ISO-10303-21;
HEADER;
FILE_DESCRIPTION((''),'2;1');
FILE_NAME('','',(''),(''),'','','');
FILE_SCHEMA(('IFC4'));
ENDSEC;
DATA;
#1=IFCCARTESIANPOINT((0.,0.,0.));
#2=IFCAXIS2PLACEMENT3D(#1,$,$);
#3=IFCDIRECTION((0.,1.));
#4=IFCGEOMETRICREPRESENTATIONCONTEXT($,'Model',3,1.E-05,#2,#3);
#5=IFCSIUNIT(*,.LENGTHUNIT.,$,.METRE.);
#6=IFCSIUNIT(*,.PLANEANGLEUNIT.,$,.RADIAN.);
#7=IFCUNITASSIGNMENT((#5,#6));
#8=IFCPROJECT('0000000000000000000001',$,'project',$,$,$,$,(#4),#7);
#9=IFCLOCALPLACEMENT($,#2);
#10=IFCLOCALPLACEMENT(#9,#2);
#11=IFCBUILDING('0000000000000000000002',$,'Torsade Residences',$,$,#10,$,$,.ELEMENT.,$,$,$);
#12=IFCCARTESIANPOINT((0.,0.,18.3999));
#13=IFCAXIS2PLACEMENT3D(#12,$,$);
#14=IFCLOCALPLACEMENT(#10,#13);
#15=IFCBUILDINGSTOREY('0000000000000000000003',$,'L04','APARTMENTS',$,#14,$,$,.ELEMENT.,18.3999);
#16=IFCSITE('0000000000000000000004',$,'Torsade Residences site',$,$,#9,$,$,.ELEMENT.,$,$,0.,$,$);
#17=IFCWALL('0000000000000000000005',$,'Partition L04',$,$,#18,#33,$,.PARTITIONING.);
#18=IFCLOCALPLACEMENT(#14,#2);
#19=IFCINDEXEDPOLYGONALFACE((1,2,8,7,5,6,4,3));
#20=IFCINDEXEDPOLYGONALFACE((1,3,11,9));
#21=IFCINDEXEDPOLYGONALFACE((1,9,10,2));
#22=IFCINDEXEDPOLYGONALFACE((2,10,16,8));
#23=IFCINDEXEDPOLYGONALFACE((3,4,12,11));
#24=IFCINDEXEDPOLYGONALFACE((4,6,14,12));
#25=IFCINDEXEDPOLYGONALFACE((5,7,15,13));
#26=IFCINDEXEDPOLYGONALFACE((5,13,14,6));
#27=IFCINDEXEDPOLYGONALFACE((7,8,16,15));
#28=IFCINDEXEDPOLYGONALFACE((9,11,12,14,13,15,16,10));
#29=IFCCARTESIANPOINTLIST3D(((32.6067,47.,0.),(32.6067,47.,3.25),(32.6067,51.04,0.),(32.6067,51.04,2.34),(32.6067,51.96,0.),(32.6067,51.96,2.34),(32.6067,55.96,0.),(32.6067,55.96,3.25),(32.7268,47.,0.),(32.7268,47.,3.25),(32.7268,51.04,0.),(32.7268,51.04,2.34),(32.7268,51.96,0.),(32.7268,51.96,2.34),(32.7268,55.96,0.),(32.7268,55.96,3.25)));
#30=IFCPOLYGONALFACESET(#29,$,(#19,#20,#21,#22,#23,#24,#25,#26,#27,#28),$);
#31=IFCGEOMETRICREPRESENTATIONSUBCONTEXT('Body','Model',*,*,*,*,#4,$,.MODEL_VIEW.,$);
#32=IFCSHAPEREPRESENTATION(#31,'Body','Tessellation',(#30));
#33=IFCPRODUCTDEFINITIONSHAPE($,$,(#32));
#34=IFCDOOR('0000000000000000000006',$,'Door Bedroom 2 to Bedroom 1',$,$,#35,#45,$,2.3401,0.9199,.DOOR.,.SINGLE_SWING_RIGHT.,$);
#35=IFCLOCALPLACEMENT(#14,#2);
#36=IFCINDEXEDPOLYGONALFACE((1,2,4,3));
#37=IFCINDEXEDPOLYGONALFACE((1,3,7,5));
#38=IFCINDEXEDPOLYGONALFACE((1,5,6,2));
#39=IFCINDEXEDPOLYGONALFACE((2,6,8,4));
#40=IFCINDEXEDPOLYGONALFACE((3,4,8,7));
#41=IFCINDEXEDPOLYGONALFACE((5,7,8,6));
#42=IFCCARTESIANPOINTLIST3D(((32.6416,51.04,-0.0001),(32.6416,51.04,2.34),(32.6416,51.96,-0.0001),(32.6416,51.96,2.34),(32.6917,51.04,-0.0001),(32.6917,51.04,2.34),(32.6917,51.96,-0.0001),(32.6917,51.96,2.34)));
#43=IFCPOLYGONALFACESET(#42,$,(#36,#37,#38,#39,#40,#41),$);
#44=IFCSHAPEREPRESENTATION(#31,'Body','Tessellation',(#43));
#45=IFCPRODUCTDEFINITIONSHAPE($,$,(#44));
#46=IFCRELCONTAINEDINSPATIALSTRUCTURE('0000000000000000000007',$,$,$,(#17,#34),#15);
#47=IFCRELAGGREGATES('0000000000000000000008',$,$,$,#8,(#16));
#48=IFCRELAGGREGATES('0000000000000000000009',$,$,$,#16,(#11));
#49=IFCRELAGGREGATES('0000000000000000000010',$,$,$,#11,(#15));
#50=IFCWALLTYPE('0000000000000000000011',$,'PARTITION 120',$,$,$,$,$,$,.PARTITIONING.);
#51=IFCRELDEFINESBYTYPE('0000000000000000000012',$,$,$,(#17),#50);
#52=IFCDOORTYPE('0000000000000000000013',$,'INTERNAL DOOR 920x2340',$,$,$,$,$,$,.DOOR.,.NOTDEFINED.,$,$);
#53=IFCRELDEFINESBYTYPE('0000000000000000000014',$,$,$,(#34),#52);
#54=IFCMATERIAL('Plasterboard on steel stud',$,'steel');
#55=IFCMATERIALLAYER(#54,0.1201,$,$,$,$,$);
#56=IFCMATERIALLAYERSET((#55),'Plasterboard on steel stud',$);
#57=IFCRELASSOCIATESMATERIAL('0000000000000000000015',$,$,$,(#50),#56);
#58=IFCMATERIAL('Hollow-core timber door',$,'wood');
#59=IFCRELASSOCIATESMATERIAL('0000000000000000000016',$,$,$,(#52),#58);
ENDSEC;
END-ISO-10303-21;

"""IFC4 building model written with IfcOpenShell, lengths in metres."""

from ifc_helpers import new_model, si_unit, direction, frame, frame_2d, origin, place, context, subcontext, project, spatial, rectangle, extrude, material, layer, layer_set, type_object, element, fill, save


model = new_model("IFC4")

# Units and contexts
model_context = context("Model", 3, precision=1e-05, world=origin(), true_north=direction((0.0, 1.0)))
body_context = subcontext(model_context, "Body", "Model", "MODEL_VIEW")
ifc_project = project(units=[si_unit("LENGTHUNIT", "METRE"), si_unit("PLANEANGLEUNIT", "RADIAN")], contexts=[model_context])

# Site, building, storey
site_placement = place(None, origin())
site = spatial("IfcSite", under=ifc_project, at=site_placement, Name="Torsade Residences site", CompositionType="ELEMENT", RefElevation=0.0)
building_placement = place(site_placement, origin())
building = spatial("IfcBuilding", under=site, at=building_placement, Name="Torsade Residences", CompositionType="ELEMENT")
storey_placement = place(building_placement, frame((0.0, 0.0, 18.3999)))
storey = spatial("IfcBuildingStorey", under=building, at=storey_placement, Name="L04", Description="APARTMENTS", CompositionType="ELEMENT", Elevation=18.3999)

# Shared definitions
ifc_material_1 = material(Name="Plasterboard on steel stud", Category="steel")
ifc_layer_1 = layer(ifc_material_1, 0.1201)
ifc_layer_set_1 = layer_set([ifc_layer_1], Name="Plasterboard on steel stud")
wall_type = type_object("IfcWallType", Name="PARTITION 120", PredefinedType="PARTITIONING", material=ifc_layer_set_1)
ifc_material_2 = material(Name="Hollow-core timber door", Category="wood")
door_type_1 = type_object("IfcDoorType", Name="INTERNAL DOOR 920x2340", OperationType="NOTDEFINED", PredefinedType="DOOR", material=ifc_material_2)

# Wall, opening, door
wall_1_placement = place(storey_placement, frame((32.6667, 55.96, 0.0), z_axis=(0.0, 0.0, 1.0), x_axis=(0.0, -1.0, 0.0)))
wall_1 = element("IfcWall", 1, at=wall_1_placement, inside=storey, type_object=wall_type, Name="Partition L04", PredefinedType="PARTITIONING", context=body_context, shape_type="SweptSolid", body=[
    extrude(rectangle(XDim=8.96, YDim=0.1201, at=frame_2d((4.48, 0.0))), origin(), (0.0, 0.0, 1.0), 3.25),
])
opening_1_placement = place(wall_1_placement, frame((4.0, 0.0, 0.0)))
opening_1 = element("IfcOpeningElement", 2, at=opening_1_placement, cuts=wall_1, PredefinedType="OPENING", context=body_context, shape_type="SweptSolid", body=[
    extrude(rectangle(XDim=0.9199, YDim=2.3401, at=frame_2d((0.46, 1.1699))), frame((0.0, 0.0701, 0.0), z_axis=(0.0, -1.0, 0.0), x_axis=(1.0, 0.0, 0.0)), (0.0, 0.0, 1.0), 0.1401),
])
door_1_placement = place(opening_1_placement, origin())
door_1 = element("IfcDoor", 3, at=door_1_placement, inside=storey, type_object=door_type_1, Name="Door Bedroom 2 to Bedroom 1", OperationType="SINGLE_SWING_RIGHT", OverallHeight=2.3401, OverallWidth=0.9199, PredefinedType="DOOR", context=body_context, shape_type="SweptSolid", body=[
    extrude(rectangle(XDim=0.9199, YDim=2.3401, at=frame_2d((0.46, 1.1699))), frame((0.0, 0.0249, 0.0), z_axis=(0.0, -1.0, 0.0), x_axis=(1.0, 0.0, 0.0)), (0.0, 0.0, 1.0), 0.05),
])
fill(opening_1, door_1)

save(model, "model.ifc")
